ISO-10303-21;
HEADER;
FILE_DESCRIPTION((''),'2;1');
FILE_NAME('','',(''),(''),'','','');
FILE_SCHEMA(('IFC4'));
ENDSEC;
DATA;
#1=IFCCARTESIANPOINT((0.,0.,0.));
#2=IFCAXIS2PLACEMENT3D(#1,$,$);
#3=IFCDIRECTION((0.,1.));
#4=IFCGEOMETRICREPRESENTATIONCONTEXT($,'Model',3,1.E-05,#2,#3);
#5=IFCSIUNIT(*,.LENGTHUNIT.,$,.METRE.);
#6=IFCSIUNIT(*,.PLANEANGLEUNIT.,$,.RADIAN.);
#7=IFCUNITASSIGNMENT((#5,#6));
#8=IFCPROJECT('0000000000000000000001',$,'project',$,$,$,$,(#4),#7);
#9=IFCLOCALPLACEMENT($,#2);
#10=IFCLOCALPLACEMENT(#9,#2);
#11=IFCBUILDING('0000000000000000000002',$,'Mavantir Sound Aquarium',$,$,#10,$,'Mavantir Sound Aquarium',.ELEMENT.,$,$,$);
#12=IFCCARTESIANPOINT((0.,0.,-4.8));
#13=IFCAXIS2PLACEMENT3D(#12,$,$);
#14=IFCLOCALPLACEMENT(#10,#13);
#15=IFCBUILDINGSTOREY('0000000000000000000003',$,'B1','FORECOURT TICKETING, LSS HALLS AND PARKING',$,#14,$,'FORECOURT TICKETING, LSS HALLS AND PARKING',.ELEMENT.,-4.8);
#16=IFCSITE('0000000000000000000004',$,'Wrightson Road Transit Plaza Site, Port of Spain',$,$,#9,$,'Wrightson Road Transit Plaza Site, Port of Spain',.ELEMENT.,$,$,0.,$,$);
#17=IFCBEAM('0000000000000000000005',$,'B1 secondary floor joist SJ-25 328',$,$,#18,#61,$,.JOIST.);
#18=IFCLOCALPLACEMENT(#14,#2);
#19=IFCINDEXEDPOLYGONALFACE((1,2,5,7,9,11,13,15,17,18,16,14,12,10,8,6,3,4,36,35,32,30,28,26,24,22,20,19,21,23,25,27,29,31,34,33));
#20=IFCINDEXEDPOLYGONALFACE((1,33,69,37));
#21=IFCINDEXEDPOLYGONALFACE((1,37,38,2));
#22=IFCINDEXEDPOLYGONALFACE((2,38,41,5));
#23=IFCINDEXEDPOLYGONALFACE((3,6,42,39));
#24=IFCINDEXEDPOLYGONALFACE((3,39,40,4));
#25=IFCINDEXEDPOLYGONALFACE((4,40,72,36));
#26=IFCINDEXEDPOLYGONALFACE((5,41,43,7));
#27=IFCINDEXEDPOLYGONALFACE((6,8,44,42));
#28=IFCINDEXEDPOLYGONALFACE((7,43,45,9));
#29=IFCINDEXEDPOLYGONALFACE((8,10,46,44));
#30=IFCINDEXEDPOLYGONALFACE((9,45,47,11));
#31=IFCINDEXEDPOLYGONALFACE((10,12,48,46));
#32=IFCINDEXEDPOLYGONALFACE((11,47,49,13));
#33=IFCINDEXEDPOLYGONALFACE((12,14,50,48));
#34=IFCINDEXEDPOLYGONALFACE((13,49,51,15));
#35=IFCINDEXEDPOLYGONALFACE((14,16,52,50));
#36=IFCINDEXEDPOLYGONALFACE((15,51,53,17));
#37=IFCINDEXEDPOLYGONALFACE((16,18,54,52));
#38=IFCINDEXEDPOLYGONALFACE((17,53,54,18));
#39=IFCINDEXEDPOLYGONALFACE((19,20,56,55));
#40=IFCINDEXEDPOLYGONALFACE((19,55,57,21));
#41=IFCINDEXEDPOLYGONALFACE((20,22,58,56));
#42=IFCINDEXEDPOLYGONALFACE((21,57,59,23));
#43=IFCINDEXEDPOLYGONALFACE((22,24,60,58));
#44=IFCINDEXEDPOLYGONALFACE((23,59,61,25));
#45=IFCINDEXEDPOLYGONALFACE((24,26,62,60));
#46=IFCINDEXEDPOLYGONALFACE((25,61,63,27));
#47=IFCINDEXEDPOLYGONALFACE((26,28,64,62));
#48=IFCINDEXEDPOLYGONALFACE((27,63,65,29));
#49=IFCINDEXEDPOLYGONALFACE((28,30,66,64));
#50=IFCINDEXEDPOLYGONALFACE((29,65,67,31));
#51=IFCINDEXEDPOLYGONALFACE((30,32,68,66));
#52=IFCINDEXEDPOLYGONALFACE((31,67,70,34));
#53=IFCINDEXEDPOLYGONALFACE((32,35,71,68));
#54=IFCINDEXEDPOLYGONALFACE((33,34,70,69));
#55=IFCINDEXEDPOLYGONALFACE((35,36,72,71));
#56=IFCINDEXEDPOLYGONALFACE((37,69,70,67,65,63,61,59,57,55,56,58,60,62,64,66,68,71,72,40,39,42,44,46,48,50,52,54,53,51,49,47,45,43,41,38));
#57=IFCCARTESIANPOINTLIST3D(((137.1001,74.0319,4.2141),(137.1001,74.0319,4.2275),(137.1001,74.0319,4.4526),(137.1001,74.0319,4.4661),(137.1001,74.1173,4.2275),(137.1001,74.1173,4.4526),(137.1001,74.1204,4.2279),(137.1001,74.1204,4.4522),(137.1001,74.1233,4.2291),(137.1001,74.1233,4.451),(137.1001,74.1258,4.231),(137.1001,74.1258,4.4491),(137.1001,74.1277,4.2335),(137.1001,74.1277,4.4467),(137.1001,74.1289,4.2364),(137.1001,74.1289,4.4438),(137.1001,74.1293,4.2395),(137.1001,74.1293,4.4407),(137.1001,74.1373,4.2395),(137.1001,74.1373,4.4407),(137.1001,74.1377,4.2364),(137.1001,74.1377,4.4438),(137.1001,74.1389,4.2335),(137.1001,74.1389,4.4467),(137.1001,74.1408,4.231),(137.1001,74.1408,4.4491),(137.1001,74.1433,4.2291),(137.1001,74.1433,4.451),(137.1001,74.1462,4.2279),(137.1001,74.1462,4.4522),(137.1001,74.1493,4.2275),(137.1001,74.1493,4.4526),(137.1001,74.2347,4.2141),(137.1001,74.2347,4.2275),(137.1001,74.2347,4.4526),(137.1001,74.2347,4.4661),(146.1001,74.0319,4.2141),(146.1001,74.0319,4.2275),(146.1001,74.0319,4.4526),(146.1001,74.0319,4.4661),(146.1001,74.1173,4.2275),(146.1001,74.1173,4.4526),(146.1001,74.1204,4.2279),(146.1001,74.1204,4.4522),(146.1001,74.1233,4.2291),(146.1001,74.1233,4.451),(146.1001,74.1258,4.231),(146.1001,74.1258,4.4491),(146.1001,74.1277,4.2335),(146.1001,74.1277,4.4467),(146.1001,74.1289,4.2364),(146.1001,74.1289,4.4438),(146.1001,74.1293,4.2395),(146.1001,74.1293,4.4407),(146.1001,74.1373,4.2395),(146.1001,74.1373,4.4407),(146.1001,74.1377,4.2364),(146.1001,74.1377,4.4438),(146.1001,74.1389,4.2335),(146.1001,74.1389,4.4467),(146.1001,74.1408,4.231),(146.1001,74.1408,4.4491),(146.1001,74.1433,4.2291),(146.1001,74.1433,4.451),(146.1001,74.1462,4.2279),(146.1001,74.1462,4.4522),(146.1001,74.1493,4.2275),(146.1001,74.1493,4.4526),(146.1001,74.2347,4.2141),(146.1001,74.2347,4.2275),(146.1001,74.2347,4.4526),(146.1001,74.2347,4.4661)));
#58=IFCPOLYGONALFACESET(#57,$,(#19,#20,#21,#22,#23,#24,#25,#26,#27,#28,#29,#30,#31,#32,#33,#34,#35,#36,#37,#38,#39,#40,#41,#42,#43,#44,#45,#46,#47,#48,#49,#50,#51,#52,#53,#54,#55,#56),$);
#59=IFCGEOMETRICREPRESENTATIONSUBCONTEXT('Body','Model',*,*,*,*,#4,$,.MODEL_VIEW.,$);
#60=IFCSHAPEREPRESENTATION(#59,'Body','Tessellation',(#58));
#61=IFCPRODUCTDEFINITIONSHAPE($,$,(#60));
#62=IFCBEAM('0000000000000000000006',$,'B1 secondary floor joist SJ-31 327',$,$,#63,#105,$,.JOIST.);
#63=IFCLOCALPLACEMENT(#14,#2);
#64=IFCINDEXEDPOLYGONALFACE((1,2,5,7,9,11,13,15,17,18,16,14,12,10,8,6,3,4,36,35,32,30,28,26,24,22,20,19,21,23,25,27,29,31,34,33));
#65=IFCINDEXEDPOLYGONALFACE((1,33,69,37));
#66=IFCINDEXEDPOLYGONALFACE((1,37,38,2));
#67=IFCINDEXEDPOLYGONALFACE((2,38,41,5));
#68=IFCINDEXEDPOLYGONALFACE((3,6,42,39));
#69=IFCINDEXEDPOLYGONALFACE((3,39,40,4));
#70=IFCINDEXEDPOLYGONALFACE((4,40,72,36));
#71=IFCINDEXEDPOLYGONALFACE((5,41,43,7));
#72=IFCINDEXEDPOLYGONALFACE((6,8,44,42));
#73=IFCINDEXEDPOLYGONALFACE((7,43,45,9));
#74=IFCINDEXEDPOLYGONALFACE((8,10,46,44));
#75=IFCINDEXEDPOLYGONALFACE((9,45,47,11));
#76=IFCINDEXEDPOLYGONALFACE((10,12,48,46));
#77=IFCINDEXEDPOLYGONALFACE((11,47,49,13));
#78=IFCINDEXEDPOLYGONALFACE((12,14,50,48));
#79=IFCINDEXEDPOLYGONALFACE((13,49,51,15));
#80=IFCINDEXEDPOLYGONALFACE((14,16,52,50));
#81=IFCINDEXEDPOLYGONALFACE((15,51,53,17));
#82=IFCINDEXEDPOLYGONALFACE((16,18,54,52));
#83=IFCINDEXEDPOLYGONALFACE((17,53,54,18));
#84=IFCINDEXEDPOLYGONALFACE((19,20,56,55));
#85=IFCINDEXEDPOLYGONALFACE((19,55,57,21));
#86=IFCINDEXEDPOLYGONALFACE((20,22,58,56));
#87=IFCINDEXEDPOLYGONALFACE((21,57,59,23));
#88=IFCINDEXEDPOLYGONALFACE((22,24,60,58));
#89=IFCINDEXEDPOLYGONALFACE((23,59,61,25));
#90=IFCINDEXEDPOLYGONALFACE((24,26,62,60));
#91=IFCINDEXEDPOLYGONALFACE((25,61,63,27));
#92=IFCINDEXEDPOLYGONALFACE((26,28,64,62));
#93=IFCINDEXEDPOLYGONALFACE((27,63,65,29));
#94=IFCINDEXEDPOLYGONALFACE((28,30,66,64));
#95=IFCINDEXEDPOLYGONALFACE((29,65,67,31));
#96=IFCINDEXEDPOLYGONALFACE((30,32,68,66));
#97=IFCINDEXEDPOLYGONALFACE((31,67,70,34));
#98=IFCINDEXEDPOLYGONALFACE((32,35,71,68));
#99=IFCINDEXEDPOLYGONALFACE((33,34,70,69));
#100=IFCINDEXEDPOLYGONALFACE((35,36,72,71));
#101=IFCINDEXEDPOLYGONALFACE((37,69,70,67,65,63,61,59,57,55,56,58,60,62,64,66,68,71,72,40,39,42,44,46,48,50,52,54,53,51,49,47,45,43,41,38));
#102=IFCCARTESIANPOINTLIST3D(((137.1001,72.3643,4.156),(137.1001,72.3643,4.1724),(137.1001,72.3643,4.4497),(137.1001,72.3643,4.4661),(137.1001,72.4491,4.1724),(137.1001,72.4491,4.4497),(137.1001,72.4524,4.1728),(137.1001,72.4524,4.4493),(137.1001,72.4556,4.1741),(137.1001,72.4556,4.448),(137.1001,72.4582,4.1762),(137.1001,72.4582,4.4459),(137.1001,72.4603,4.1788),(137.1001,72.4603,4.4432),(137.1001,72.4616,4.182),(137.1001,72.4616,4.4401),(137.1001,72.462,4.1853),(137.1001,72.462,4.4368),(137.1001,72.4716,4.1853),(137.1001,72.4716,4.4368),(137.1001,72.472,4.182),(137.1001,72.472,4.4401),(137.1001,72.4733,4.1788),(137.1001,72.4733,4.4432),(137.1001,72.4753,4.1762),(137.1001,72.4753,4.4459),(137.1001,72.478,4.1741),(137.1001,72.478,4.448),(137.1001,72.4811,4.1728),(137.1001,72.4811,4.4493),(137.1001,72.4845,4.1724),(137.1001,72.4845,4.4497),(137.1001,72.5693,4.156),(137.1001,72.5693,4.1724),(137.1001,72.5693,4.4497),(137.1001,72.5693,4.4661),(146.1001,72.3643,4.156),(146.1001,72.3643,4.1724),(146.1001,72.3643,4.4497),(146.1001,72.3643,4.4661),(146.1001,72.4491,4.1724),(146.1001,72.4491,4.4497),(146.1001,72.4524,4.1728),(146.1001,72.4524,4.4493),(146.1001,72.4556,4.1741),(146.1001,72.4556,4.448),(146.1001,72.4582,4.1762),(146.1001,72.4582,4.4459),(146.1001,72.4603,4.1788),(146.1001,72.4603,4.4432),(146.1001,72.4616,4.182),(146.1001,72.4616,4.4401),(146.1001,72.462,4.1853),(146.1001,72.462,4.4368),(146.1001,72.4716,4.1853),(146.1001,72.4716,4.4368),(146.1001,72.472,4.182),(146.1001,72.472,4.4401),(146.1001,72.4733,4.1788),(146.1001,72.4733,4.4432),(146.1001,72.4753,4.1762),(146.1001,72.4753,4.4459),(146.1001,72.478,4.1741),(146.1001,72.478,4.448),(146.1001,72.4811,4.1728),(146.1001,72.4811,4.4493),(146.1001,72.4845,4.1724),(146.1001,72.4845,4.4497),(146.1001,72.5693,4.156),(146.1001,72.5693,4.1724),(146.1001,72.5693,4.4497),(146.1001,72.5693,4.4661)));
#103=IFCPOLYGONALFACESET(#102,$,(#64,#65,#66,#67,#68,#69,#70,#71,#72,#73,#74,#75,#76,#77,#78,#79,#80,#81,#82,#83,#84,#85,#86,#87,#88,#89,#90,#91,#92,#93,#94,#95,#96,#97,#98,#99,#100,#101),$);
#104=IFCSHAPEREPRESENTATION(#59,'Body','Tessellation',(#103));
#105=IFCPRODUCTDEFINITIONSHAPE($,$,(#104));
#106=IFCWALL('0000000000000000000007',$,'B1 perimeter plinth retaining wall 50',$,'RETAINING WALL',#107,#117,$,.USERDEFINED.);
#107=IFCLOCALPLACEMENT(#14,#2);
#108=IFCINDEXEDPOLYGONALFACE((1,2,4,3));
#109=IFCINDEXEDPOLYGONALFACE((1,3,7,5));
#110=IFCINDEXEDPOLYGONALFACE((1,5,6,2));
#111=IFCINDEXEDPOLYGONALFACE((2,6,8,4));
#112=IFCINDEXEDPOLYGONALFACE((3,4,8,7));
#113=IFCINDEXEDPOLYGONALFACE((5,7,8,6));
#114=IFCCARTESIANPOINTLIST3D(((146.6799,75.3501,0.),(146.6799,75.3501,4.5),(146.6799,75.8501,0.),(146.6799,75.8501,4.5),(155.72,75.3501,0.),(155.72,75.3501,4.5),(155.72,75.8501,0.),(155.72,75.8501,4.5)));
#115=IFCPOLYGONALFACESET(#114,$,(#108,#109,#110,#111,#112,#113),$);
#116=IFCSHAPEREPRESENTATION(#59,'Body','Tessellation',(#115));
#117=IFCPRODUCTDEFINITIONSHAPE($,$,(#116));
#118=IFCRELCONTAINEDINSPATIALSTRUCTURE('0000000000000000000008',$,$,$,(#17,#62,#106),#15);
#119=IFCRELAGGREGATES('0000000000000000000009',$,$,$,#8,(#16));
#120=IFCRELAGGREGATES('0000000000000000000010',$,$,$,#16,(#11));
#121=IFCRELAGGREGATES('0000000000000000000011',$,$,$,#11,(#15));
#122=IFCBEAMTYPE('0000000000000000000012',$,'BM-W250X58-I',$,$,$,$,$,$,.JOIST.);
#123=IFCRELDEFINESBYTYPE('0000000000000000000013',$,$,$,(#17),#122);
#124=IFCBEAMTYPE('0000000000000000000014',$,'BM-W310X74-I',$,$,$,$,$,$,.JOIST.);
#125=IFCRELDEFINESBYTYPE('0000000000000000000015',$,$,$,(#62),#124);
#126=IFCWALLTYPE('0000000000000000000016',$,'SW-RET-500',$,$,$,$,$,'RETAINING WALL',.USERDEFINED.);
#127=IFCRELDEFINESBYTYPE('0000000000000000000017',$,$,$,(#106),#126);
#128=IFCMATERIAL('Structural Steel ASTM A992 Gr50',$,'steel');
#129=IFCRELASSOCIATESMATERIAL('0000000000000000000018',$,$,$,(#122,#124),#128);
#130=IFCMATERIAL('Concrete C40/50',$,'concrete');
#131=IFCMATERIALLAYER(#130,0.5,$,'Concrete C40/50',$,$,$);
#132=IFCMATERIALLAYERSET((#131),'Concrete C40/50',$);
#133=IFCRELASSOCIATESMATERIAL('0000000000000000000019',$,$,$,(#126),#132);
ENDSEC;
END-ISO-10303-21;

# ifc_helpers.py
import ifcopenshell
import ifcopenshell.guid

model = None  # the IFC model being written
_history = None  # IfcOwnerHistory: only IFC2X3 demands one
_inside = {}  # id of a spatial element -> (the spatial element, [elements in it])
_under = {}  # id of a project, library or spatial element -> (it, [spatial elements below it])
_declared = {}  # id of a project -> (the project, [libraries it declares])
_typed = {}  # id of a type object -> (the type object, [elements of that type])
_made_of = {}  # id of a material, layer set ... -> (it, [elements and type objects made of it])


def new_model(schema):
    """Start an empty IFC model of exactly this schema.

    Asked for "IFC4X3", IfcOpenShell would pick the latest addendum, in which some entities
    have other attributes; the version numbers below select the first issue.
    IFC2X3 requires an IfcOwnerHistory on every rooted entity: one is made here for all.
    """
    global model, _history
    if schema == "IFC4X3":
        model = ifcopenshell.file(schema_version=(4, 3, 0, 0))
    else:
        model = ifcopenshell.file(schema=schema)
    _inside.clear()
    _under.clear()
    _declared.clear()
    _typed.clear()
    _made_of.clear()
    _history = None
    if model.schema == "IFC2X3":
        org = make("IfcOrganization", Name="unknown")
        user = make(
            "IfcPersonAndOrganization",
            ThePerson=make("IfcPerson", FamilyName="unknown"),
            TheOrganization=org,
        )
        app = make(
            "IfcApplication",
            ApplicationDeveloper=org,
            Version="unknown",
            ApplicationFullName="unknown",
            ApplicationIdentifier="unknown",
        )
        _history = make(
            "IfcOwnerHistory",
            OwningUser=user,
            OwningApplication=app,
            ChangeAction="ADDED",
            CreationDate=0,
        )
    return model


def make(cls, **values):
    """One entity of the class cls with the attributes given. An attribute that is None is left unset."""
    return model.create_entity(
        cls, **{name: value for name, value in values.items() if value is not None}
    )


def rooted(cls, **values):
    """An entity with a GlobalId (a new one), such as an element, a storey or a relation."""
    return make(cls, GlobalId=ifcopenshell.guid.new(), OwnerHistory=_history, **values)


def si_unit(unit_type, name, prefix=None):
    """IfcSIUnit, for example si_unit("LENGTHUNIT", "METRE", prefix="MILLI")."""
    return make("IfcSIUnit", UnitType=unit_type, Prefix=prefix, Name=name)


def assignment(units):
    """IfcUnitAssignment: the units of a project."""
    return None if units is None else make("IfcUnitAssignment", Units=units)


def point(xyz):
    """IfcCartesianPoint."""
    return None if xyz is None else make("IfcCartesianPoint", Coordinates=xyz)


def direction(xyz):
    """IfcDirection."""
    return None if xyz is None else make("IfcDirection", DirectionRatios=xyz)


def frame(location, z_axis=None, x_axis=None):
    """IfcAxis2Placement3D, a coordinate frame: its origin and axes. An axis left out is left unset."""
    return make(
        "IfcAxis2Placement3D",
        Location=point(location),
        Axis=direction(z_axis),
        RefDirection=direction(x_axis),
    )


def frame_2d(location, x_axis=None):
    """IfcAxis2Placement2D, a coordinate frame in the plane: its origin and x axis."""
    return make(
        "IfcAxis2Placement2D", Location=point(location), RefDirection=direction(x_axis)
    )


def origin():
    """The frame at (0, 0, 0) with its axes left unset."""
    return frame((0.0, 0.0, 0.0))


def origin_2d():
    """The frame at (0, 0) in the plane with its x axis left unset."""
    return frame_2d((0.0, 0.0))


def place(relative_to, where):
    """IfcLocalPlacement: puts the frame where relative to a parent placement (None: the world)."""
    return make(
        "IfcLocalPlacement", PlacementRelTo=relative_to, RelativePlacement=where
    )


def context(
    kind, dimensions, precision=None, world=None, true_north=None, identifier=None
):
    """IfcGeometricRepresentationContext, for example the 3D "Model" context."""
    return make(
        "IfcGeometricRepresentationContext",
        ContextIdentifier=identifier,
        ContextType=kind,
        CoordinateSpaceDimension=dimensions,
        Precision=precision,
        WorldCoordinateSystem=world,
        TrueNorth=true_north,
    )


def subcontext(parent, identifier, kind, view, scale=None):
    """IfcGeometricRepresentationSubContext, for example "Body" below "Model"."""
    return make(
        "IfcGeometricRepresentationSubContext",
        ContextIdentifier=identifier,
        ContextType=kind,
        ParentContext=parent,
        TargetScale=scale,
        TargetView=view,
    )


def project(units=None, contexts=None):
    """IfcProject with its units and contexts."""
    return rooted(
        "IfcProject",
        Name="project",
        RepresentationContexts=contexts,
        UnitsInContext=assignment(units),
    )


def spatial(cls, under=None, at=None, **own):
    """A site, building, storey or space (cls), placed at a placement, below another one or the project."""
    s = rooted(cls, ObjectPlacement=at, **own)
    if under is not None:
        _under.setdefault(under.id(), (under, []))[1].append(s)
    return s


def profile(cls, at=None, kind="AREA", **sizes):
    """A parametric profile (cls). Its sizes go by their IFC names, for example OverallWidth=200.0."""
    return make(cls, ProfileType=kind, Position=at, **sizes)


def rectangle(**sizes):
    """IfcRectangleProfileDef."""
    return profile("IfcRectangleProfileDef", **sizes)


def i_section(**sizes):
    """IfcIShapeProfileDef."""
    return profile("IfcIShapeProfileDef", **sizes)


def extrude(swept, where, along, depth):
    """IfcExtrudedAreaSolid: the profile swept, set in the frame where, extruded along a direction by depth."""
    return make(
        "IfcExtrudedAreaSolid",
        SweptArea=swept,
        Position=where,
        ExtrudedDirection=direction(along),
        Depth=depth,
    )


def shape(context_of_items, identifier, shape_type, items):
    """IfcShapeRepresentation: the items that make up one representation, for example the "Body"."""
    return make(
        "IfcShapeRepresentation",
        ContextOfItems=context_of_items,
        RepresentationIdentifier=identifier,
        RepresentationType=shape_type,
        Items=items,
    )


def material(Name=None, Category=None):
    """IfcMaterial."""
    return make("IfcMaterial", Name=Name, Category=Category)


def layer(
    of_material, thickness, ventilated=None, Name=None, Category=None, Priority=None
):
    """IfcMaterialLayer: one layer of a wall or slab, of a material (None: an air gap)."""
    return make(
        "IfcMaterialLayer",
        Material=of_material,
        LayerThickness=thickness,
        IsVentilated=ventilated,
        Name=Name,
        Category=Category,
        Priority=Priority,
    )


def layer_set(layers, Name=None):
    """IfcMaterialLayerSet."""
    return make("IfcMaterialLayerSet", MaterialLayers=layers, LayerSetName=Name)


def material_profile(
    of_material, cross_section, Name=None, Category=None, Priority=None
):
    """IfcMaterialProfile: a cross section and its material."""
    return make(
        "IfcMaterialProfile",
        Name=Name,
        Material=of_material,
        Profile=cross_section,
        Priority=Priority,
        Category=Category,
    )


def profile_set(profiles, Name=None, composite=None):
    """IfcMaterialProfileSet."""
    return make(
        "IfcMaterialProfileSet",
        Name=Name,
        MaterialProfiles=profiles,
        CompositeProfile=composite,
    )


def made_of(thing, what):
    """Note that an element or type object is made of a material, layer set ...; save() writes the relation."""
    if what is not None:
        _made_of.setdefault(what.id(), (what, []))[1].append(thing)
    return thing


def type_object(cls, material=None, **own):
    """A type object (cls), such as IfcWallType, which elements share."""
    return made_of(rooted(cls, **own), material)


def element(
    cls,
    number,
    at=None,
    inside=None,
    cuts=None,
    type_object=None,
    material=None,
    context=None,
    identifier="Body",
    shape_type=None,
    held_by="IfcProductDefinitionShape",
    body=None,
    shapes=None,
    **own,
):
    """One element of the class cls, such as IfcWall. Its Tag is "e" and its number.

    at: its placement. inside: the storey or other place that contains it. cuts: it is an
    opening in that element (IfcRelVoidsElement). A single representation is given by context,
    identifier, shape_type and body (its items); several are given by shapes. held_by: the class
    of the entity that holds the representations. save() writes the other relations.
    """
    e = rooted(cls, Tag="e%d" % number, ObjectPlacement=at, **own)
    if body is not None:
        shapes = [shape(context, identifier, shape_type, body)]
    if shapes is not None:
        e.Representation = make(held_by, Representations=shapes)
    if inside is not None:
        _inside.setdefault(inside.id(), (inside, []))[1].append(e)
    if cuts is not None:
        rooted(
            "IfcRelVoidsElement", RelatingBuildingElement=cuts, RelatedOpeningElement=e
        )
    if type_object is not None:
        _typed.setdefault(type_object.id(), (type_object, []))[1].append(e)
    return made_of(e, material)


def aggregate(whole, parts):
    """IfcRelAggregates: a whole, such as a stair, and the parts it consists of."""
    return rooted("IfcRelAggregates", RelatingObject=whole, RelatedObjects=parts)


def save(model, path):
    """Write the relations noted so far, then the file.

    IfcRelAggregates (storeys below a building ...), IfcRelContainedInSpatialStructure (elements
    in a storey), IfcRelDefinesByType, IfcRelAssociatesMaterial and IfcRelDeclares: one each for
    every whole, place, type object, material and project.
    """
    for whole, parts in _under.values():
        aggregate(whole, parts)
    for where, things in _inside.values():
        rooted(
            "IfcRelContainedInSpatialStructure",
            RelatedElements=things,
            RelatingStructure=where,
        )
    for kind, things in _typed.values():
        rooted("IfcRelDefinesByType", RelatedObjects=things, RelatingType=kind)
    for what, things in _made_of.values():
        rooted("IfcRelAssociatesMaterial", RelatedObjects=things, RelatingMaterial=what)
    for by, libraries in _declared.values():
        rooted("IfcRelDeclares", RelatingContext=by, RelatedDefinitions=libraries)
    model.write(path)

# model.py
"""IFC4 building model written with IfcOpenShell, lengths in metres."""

from ifc_helpers import new_model, si_unit, direction, frame, frame_2d, origin, origin_2d, place, context, subcontext, project, spatial, rectangle, i_section, extrude, material, layer, layer_set, material_profile, profile_set, type_object, element, save


model = new_model("IFC4")

# Units and contexts
model_context = context("Model", 3, precision=1e-05, world=origin(), true_north=direction((0.0, 1.0)))
body_context = subcontext(model_context, "Body", "Model", "MODEL_VIEW")
ifc_project = project(units=[si_unit("LENGTHUNIT", "METRE"), si_unit("PLANEANGLEUNIT", "RADIAN")], contexts=[model_context])

# Site, building, storey
site_placement = place(None, origin())
site = spatial("IfcSite", under=ifc_project, at=site_placement, Name="Wrightson Road Transit Plaza Site, Port of Spain", LongName="Wrightson Road Transit Plaza Site, Port of Spain", CompositionType="ELEMENT", RefElevation=0.0)
building_placement = place(site_placement, origin())
building = spatial("IfcBuilding", under=site, at=building_placement, Name="Mavantir Sound Aquarium", LongName="Mavantir Sound Aquarium", CompositionType="ELEMENT")
storey_placement = place(building_placement, frame((0.0, 0.0, -4.8)))
storey = spatial("IfcBuildingStorey", under=building, at=storey_placement, Name="B1", Description="FORECOURT TICKETING, LSS HALLS AND PARKING", LongName="FORECOURT TICKETING, LSS HALLS AND PARKING", CompositionType="ELEMENT", Elevation=-4.8)

# Shared definitions
ifc_material_1 = material(Name="Concrete C40/50", Category="concrete")

# Beams
ifc_material_2 = material(Name="Structural Steel ASTM A992 Gr50", Category="steel")
ifc_material_profile_1 = material_profile(ifc_material_2, i_section(OverallWidth=0.2029, OverallDepth=0.252, WebThickness=0.0081, FlangeThickness=0.0134, FilletRadius=0.012, at=origin_2d()), Name="W250X58")
ifc_profile_set_1 = profile_set([ifc_material_profile_1], Name="Structural Steel ASTM A992 Gr50")
beam_type_1 = type_object("IfcBeamType", Name="BM-W250X58-I", PredefinedType="JOIST", material=ifc_profile_set_1)
beam_1_placement = place(storey_placement, frame((137.1001, 74.1333, 4.3401), z_axis=(1.0, 0.0, 0.0), x_axis=(0.0, 1.0, 0.0)))
element("IfcBeam", 1, at=beam_1_placement, inside=storey, type_object=beam_type_1, Name="B1 secondary floor joist SJ-25 328", PredefinedType="JOIST", context=body_context, shape_type="SweptSolid", body=[
    extrude(i_section(OverallWidth=0.2029, OverallDepth=0.252, WebThickness=0.0081, FlangeThickness=0.0134, FilletRadius=0.012, at=origin_2d()), origin(), (0.0, 0.0, 1.0), 9.0),
])
ifc_material_profile_2 = material_profile(ifc_material_2, i_section(OverallWidth=0.2051, OverallDepth=0.3101, WebThickness=0.0095, FlangeThickness=0.0164, FilletRadius=0.0129, at=origin_2d()), Name="W310X74")
ifc_profile_set_2 = profile_set([ifc_material_profile_2], Name="Structural Steel ASTM A992 Gr50")
beam_type_2 = type_object("IfcBeamType", Name="BM-W310X74-I", PredefinedType="JOIST", material=ifc_profile_set_2)
beam_2_placement = place(storey_placement, frame((137.1001, 72.4668, 4.311), z_axis=(1.0, 0.0, 0.0), x_axis=(0.0, 1.0, 0.0)))
element("IfcBeam", 2, at=beam_2_placement, inside=storey, type_object=beam_type_2, Name="B1 secondary floor joist SJ-31 327", PredefinedType="JOIST", context=body_context, shape_type="SweptSolid", body=[
    extrude(i_section(OverallWidth=0.2051, OverallDepth=0.3101, WebThickness=0.0095, FlangeThickness=0.0164, FilletRadius=0.0129, at=origin_2d()), origin(), (0.0, 0.0, 1.0), 9.0),
])

# Wall
ifc_layer = layer(ifc_material_1, 0.5, Name="Concrete C40/50")
ifc_layer_set = layer_set([ifc_layer], Name="Concrete C40/50")
wall_type = type_object("IfcWallType", Name="SW-RET-500", ElementType="RETAINING WALL", PredefinedType="USERDEFINED", material=ifc_layer_set)
wall_placement = place(storey_placement, frame((146.6799, 75.6001, 0.0), z_axis=(0.0, 0.0, 1.0), x_axis=(1.0, 0.0, 0.0)))
element("IfcWall", 3, at=wall_placement, inside=storey, type_object=wall_type, Name="B1 perimeter plinth retaining wall 50", ObjectType="RETAINING WALL", PredefinedType="USERDEFINED", context=body_context, shape_type="SweptSolid", body=[
    extrude(rectangle(XDim=9.04, YDim=0.5, at=frame_2d((4.52, 0.0))), origin(), (0.0, 0.0, 1.0), 4.5),
])

save(model, "model.ifc")
